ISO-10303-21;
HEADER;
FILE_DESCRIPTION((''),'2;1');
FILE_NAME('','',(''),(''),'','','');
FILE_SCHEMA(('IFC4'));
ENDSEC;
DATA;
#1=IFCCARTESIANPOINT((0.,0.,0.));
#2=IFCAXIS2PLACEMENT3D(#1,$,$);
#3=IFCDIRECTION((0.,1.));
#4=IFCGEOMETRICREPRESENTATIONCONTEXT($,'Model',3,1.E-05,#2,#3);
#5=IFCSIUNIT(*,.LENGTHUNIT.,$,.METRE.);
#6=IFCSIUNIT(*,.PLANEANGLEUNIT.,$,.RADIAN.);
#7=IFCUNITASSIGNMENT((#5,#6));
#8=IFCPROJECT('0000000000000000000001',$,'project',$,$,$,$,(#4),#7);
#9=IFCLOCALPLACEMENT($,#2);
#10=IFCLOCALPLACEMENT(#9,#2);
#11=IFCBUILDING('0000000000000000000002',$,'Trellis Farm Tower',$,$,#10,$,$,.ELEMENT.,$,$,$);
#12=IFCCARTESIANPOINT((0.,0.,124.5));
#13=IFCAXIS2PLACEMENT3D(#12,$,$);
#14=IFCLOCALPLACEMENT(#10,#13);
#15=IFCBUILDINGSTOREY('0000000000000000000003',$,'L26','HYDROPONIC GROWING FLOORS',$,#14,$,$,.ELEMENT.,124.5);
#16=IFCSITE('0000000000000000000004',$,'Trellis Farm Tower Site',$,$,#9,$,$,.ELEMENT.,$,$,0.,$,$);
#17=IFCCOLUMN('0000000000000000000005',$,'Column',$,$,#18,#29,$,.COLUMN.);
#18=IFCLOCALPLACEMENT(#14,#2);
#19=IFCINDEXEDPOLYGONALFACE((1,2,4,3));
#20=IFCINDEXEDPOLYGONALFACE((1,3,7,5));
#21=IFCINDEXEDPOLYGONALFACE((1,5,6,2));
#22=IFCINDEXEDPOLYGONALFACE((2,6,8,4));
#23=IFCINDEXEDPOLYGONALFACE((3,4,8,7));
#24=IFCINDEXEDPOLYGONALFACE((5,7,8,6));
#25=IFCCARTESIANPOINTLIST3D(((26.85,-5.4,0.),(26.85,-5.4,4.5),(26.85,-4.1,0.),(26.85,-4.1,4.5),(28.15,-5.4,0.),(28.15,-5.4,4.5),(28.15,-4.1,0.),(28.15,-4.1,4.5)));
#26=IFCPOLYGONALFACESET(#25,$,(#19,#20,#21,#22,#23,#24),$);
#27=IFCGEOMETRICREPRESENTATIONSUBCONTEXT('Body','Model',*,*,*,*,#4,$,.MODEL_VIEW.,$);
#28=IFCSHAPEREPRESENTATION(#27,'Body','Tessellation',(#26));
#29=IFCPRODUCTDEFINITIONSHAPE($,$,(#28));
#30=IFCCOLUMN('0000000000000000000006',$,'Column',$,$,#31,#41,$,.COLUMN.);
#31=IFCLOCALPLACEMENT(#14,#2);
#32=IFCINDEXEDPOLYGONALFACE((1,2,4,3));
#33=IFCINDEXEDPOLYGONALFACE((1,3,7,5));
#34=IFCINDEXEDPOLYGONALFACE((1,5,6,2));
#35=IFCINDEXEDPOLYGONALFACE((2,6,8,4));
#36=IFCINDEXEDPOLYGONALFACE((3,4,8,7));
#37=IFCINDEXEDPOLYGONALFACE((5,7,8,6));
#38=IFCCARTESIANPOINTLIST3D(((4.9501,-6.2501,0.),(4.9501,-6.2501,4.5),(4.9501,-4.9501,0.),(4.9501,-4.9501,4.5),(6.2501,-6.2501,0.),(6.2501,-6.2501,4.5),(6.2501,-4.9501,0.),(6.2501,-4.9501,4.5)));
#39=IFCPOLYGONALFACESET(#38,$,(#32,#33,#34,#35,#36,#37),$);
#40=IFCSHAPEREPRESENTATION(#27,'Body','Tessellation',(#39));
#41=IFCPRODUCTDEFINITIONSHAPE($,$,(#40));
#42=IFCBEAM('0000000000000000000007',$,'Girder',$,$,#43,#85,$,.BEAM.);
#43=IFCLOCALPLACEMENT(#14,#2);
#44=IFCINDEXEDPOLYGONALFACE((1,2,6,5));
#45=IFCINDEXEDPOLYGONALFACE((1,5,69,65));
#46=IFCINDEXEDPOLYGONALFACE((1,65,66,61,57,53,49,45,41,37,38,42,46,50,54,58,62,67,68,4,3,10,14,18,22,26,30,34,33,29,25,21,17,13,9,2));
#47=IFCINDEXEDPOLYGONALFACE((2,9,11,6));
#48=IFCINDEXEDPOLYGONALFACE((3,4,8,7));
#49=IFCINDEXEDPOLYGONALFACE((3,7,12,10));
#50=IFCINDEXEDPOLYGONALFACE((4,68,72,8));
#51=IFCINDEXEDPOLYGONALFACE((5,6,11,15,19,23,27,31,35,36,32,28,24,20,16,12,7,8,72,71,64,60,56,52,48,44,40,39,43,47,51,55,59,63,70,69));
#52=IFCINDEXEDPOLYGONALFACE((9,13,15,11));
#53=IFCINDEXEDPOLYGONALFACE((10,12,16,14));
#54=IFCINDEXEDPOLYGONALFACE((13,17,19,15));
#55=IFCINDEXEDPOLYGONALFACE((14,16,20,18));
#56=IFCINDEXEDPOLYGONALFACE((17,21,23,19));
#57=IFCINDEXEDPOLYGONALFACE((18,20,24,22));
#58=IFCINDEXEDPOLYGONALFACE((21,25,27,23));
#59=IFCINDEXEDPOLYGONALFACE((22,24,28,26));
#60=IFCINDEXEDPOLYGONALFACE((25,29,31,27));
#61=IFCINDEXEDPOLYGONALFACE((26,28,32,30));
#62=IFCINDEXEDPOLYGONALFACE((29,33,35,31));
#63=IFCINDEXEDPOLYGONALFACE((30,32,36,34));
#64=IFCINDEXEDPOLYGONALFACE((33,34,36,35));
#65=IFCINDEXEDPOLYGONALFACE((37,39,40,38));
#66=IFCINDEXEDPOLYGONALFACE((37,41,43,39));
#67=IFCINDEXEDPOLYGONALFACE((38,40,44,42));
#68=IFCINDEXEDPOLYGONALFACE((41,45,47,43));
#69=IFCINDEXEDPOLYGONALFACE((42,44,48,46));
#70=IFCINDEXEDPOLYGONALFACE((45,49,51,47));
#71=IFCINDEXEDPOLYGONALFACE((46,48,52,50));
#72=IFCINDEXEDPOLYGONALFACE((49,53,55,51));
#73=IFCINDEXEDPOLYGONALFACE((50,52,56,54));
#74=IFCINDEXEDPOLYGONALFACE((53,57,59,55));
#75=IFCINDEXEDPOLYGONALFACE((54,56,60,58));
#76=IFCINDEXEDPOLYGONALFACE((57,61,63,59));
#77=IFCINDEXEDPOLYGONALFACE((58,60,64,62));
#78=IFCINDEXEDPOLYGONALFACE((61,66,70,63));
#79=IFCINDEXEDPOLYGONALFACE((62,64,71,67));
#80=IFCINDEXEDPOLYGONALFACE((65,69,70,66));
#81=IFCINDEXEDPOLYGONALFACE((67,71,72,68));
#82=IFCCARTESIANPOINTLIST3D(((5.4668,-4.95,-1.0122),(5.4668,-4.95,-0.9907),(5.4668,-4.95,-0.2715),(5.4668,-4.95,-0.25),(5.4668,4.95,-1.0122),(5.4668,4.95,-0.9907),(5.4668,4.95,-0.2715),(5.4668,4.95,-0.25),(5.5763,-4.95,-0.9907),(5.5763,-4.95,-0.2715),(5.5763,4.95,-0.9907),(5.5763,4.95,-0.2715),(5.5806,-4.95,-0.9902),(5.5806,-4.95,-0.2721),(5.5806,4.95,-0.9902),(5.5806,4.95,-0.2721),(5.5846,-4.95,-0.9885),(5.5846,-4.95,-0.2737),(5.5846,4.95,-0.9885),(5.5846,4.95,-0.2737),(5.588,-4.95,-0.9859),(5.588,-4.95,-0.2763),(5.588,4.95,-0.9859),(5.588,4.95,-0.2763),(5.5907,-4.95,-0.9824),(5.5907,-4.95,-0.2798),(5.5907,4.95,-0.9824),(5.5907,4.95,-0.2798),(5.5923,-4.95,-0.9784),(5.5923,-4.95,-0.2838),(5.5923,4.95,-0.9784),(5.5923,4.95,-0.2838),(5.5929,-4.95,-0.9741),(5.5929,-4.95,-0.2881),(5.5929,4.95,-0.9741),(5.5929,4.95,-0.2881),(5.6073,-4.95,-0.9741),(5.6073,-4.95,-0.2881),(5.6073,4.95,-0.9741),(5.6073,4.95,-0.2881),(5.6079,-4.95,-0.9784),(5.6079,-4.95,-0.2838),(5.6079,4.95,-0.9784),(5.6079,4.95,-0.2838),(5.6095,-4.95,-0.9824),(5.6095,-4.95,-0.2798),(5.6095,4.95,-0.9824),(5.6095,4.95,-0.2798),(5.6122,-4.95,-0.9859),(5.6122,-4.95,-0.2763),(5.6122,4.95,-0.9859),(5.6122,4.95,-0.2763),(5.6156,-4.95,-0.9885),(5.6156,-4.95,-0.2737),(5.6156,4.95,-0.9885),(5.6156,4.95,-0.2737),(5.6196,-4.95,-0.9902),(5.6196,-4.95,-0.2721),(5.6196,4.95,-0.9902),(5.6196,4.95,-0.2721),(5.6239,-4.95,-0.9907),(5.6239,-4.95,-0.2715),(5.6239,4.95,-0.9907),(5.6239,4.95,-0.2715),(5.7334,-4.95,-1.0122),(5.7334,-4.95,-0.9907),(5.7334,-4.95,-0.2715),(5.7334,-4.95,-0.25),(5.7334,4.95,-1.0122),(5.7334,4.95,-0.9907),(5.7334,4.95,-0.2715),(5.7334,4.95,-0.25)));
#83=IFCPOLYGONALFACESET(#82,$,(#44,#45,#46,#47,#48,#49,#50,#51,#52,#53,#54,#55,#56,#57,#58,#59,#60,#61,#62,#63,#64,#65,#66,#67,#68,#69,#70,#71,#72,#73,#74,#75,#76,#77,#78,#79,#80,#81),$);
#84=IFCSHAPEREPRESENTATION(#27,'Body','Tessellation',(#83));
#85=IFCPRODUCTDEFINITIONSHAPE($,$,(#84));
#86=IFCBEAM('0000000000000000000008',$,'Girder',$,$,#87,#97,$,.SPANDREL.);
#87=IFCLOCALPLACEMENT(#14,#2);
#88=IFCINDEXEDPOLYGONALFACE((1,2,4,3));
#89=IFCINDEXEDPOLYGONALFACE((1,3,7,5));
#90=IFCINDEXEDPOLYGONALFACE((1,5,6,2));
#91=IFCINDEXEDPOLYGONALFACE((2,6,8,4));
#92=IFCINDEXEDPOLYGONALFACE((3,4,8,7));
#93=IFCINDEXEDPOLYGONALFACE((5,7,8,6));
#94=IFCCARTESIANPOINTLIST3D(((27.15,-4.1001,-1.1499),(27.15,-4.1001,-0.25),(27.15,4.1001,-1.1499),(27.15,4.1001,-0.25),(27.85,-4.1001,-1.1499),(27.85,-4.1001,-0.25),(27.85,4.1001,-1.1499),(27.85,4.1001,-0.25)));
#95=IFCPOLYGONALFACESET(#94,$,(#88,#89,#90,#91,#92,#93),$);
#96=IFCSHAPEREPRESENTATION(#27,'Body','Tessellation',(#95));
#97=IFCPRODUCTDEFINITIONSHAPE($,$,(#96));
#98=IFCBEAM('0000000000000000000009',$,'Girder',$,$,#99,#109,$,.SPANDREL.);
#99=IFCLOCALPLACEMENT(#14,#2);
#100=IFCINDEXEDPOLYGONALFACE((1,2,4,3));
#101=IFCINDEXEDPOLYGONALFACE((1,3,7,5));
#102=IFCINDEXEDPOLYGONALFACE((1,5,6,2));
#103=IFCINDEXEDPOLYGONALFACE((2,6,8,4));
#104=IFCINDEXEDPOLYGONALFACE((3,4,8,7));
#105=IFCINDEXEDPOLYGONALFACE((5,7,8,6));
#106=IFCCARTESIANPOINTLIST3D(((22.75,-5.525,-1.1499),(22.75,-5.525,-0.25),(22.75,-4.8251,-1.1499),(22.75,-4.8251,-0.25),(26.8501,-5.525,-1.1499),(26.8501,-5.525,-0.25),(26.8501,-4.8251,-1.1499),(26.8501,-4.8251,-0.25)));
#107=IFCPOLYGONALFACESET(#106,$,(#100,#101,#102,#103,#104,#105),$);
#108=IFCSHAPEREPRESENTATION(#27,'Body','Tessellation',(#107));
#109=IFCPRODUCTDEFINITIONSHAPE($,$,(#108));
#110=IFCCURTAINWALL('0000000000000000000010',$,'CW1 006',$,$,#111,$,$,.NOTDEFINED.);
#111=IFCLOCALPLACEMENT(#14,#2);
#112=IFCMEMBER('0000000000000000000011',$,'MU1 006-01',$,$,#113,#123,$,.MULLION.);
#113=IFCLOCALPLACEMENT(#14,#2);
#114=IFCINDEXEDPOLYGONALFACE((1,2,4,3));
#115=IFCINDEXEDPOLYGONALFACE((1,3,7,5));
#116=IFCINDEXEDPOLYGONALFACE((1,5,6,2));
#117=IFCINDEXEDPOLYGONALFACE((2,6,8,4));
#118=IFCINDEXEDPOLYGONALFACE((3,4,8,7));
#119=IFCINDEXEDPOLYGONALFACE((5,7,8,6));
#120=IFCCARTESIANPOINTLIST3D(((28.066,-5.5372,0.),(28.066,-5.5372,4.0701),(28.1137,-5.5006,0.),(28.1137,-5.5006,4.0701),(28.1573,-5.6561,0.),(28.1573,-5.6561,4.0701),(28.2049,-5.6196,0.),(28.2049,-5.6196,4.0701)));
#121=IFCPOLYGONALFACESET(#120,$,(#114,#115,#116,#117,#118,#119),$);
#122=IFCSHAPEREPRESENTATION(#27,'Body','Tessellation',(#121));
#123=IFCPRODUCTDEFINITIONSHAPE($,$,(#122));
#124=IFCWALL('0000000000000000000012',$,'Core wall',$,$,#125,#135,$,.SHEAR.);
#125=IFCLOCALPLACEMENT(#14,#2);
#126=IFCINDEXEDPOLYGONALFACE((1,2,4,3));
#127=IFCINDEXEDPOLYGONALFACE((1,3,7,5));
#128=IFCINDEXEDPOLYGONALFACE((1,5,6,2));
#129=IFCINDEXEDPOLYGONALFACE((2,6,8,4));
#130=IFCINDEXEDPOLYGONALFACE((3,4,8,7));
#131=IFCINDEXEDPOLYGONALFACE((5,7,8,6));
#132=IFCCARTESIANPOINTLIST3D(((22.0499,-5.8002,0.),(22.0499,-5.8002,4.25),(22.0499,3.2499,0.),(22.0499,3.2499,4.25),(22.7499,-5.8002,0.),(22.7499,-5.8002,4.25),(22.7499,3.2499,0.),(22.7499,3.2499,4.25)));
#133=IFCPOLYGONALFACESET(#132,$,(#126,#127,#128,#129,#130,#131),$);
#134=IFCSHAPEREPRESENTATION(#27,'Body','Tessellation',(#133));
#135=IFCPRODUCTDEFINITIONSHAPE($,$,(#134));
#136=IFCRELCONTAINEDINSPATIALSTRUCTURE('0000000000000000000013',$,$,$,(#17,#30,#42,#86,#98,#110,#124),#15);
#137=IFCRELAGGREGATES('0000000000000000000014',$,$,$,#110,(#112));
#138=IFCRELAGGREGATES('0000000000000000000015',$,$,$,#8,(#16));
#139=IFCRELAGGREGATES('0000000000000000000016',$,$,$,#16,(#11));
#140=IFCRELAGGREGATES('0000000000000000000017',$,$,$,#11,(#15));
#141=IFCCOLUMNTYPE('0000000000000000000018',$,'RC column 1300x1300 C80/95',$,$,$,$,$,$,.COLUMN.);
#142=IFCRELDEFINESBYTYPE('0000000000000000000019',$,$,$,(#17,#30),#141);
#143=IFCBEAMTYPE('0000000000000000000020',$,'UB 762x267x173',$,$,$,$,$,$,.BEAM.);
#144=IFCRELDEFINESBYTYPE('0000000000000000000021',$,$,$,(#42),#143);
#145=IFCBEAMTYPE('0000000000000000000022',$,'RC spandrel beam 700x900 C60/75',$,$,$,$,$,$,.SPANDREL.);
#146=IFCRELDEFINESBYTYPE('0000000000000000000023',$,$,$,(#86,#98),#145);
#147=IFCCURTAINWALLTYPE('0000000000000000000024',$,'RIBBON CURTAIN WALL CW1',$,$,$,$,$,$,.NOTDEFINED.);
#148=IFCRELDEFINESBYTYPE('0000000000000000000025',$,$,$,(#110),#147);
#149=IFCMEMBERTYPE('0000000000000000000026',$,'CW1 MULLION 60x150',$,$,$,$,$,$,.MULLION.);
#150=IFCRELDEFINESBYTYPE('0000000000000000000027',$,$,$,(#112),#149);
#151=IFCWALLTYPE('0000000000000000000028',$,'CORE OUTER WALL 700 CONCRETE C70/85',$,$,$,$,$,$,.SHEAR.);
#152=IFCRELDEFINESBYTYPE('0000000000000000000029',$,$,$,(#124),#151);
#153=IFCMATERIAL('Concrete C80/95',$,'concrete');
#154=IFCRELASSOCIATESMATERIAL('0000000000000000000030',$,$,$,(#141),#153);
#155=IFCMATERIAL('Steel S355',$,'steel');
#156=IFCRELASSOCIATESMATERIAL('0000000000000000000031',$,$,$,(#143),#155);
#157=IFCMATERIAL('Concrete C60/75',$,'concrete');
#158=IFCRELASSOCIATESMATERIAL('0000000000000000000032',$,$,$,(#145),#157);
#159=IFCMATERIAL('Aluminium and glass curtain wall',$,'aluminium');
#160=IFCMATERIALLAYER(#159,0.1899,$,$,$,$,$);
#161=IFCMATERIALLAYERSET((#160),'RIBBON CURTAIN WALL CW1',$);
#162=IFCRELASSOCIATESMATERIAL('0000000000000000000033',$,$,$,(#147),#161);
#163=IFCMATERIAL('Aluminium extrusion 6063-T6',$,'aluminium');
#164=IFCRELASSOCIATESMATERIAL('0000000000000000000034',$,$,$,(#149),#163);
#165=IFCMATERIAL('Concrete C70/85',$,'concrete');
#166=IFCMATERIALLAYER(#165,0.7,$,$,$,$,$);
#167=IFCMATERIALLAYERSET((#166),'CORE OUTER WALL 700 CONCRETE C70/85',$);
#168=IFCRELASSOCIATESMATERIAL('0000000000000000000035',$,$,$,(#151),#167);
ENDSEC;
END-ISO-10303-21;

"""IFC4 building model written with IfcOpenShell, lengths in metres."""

from ifc_helpers import new_model, si_unit, direction, frame, frame_2d, origin, origin_2d, place, context, subcontext, project, spatial, rectangle, i_section, extrude, source, transform, mapped, material, layer, layer_set, material_profile, profile_set, type_object, element, aggregate, save


model = new_model("IFC4")

# Units and contexts
model_context = context("Model", 3, precision=1e-05, world=origin(), true_north=direction((0.0, 1.0)))
body_context = subcontext(model_context, "Body", "Model", "MODEL_VIEW")
ifc_project = project(units=[si_unit("LENGTHUNIT", "METRE"), si_unit("PLANEANGLEUNIT", "RADIAN")], contexts=[model_context])

# Site, building, storey
site_placement = place(None, origin())
site = spatial("IfcSite", under=ifc_project, at=site_placement, Name="Trellis Farm Tower Site", CompositionType="ELEMENT", RefElevation=0.0)
building_placement = place(site_placement, origin())
building = spatial("IfcBuilding", under=site, at=building_placement, Name="Trellis Farm Tower", CompositionType="ELEMENT")
storey_placement = place(building_placement, frame((0.0, 0.0, 124.5)))
storey = spatial("IfcBuildingStorey", under=building, at=storey_placement, Name="L26", Description="HYDROPONIC GROWING FLOORS", CompositionType="ELEMENT", Elevation=124.5)

# Columns
ifc_material_1 = material(Name="Concrete C80/95", Category="concrete")
ifc_material_profile_1 = material_profile(ifc_material_1, rectangle(XDim=1.3, YDim=1.3, at=origin_2d()), Name="RC column 1300x1300 C80/95")
ifc_profile_set_1 = profile_set([ifc_material_profile_1], Name="Concrete C80/95")
column_type = type_object("IfcColumnType", Name="RC column 1300x1300 C80/95", PredefinedType="COLUMN", material=ifc_profile_set_1)
shared_shape_1 = source(origin(), body_context, "Body", "SweptSolid", [
    extrude(rectangle(XDim=1.3, YDim=1.3, at=origin_2d()), origin(), (0.0, 0.0, 1.0), 4.5),
])
for number, where, z_axis, x_axis, name in (
    (1, (27.5, -4.75, 0.0), (0.0, 0.0, 1.0), (1.0, 0.0, 0.0), "Column"),
    (2, (5.6001, -5.6001, 0.0), (0.0, 0.0, 1.0), (1.0, 0.0, 0.0), "Column"),
):
    element("IfcColumn", number, at=place(storey_placement, frame(where, z_axis=z_axis, x_axis=x_axis)), inside=storey, type_object=column_type, Name=name, PredefinedType="COLUMN", context=body_context, shape_type="MappedRepresentation", body=[
        mapped(shared_shape_1, transform((0.0, 0.0, 0.0))),
    ])

# Beams
ifc_material_2 = material(Name="Steel S355", Category="steel")
ifc_material_profile_2 = material_profile(ifc_material_2, i_section(OverallWidth=0.2666, OverallDepth=0.7622, WebThickness=0.0144, FlangeThickness=0.0215, FilletRadius=0.0166, at=origin_2d()), Name="UB 762x267x173")
ifc_profile_set_2 = profile_set([ifc_material_profile_2], Name="Steel S355")
beam_type_1 = type_object("IfcBeamType", Name="UB 762x267x173", PredefinedType="BEAM", material=ifc_profile_set_2)
shared_shape_2 = source(origin(), body_context, "Body", "SweptSolid", [
    extrude(i_section(OverallWidth=0.2666, OverallDepth=0.7622, WebThickness=0.0144, FlangeThickness=0.0215, FilletRadius=0.0166, at=origin_2d()), origin(), (0.0, 0.0, 1.0), 9.8999),
])
beam_1_placement = place(storey_placement, frame((5.6001, -4.95, -0.6311), z_axis=(0.0, 1.0, 0.0), x_axis=(-1.0, 0.0, 0.0)))
element("IfcBeam", 3, at=beam_1_placement, inside=storey, type_object=beam_type_1, Name="Girder", PredefinedType="BEAM", context=body_context, shape_type="MappedRepresentation", body=[
    mapped(shared_shape_2, transform((0.0, 0.0, 0.0))),
])
ifc_material_3 = material(Name="Concrete C60/75", Category="concrete")
ifc_material_profile_3 = material_profile(ifc_material_3, rectangle(XDim=0.7, YDim=0.8999, at=origin_2d()), Name="RC spandrel beam 700x900 C60/75")
ifc_profile_set_3 = profile_set([ifc_material_profile_3], Name="Concrete C60/75")
beam_type_2 = type_object("IfcBeamType", Name="RC spandrel beam 700x900 C60/75", PredefinedType="SPANDREL", material=ifc_profile_set_3)
shared_shape_3 = source(origin(), body_context, "Body", "SweptSolid", [
    extrude(rectangle(XDim=0.7, YDim=0.8999, at=origin_2d()), origin(), (0.0, 0.0, 1.0), 8.2002),
])
beam_2_placement = place(storey_placement, frame((27.5, -4.1001, -0.7), z_axis=(0.0, 1.0, 0.0), x_axis=(-1.0, 0.0, 0.0)))
element("IfcBeam", 4, at=beam_2_placement, inside=storey, type_object=beam_type_2, Name="Girder", PredefinedType="SPANDREL", context=body_context, shape_type="MappedRepresentation", body=[
    mapped(shared_shape_3, transform((0.0, 0.0, 0.0))),
])
shared_shape_4 = source(origin(), body_context, "Body", "SweptSolid", [
    extrude(rectangle(XDim=0.7, YDim=0.8999, at=origin_2d()), origin(), (0.0, 0.0, 1.0), 4.1001),
])
beam_3_placement = place(storey_placement, frame((22.75, -5.175, -0.7), z_axis=(1.0, 0.0, 0.0), x_axis=(0.0, 1.0, 0.0)))
element("IfcBeam", 5, at=beam_3_placement, inside=storey, type_object=beam_type_2, Name="Girder", PredefinedType="SPANDREL", context=body_context, shape_type="MappedRepresentation", body=[
    mapped(shared_shape_4, transform((0.0, 0.0, 0.0))),
])

# Curtain wall, member
ifc_material_4 = material(Name="Aluminium and glass curtain wall", Category="aluminium")
ifc_layer_1 = layer(ifc_material_4, 0.1899)
ifc_layer_set_1 = layer_set([ifc_layer_1], Name="RIBBON CURTAIN WALL CW1")
curtain_wall_type = type_object("IfcCurtainWallType", Name="RIBBON CURTAIN WALL CW1", PredefinedType="NOTDEFINED", material=ifc_layer_set_1)
placement = place(storey_placement, origin())
curtain_wall = element("IfcCurtainWall", 6, at=placement, inside=storey, type_object=curtain_wall_type, Name="CW1 006", PredefinedType="NOTDEFINED")
ifc_material_5 = material(Name="Aluminium extrusion 6063-T6", Category="aluminium")
ifc_material_profile_4 = material_profile(ifc_material_5, rectangle(XDim=0.0601, YDim=0.1499, at=origin_2d()), Name="MULLION 60x150")
ifc_profile_set_4 = profile_set([ifc_material_profile_4], Name="Aluminium extrusion 6063-T6")
member_type = type_object("IfcMemberType", Name="CW1 MULLION 60x150", PredefinedType="MULLION", material=ifc_profile_set_4)
shared_shape_5 = source(origin(), body_context, "Body", "SweptSolid", [
    extrude(rectangle(XDim=0.0601, YDim=0.1499, at=origin_2d()), origin(), (0.0, 0.0, 1.0), 4.0701),
])
member_placement = place(storey_placement, frame((28.1355, -5.5784, 0.0), z_axis=(0.0, 0.0, 1.0), x_axis=(0.793353, 0.608761, 0.0)))
member = element("IfcMember", 7, at=member_placement, type_object=member_type, Name="MU1 006-01", PredefinedType="MULLION", context=body_context, shape_type="MappedRepresentation", body=[
    mapped(shared_shape_5, transform((0.0, 0.0, 0.0))),
])
aggregate(curtain_wall, [member])

# Wall
ifc_material_6 = material(Name="Concrete C70/85", Category="concrete")
ifc_layer_2 = layer(ifc_material_6, 0.7)
ifc_layer_set_2 = layer_set([ifc_layer_2], Name="CORE OUTER WALL 700 CONCRETE C70/85")
wall_type_1 = type_object("IfcWallType", Name="CORE OUTER WALL 700 CONCRETE C70/85", PredefinedType="SHEAR", material=ifc_layer_set_2)
shared_shape_6 = source(origin(), body_context, "Body", "SweptSolid", [
    extrude(rectangle(XDim=9.05, YDim=0.7, at=frame_2d((4.5249, 0.0))), origin(), (0.0, 0.0, 1.0), 4.25),
])
wall_1_placement = place(storey_placement, frame((22.3999, -5.8, 0.0), z_axis=(0.0, 0.0, 1.0), x_axis=(0.0, 1.0, 0.0)))
element("IfcWall", 8, at=wall_1_placement, inside=storey, type_object=wall_type_1, Name="Core wall", PredefinedType="SHEAR", context=body_context, shape_type="MappedRepresentation", body=[
    mapped(shared_shape_6, transform((0.0, 0.0, 0.0))),
])

save(model, "model.ifc")
